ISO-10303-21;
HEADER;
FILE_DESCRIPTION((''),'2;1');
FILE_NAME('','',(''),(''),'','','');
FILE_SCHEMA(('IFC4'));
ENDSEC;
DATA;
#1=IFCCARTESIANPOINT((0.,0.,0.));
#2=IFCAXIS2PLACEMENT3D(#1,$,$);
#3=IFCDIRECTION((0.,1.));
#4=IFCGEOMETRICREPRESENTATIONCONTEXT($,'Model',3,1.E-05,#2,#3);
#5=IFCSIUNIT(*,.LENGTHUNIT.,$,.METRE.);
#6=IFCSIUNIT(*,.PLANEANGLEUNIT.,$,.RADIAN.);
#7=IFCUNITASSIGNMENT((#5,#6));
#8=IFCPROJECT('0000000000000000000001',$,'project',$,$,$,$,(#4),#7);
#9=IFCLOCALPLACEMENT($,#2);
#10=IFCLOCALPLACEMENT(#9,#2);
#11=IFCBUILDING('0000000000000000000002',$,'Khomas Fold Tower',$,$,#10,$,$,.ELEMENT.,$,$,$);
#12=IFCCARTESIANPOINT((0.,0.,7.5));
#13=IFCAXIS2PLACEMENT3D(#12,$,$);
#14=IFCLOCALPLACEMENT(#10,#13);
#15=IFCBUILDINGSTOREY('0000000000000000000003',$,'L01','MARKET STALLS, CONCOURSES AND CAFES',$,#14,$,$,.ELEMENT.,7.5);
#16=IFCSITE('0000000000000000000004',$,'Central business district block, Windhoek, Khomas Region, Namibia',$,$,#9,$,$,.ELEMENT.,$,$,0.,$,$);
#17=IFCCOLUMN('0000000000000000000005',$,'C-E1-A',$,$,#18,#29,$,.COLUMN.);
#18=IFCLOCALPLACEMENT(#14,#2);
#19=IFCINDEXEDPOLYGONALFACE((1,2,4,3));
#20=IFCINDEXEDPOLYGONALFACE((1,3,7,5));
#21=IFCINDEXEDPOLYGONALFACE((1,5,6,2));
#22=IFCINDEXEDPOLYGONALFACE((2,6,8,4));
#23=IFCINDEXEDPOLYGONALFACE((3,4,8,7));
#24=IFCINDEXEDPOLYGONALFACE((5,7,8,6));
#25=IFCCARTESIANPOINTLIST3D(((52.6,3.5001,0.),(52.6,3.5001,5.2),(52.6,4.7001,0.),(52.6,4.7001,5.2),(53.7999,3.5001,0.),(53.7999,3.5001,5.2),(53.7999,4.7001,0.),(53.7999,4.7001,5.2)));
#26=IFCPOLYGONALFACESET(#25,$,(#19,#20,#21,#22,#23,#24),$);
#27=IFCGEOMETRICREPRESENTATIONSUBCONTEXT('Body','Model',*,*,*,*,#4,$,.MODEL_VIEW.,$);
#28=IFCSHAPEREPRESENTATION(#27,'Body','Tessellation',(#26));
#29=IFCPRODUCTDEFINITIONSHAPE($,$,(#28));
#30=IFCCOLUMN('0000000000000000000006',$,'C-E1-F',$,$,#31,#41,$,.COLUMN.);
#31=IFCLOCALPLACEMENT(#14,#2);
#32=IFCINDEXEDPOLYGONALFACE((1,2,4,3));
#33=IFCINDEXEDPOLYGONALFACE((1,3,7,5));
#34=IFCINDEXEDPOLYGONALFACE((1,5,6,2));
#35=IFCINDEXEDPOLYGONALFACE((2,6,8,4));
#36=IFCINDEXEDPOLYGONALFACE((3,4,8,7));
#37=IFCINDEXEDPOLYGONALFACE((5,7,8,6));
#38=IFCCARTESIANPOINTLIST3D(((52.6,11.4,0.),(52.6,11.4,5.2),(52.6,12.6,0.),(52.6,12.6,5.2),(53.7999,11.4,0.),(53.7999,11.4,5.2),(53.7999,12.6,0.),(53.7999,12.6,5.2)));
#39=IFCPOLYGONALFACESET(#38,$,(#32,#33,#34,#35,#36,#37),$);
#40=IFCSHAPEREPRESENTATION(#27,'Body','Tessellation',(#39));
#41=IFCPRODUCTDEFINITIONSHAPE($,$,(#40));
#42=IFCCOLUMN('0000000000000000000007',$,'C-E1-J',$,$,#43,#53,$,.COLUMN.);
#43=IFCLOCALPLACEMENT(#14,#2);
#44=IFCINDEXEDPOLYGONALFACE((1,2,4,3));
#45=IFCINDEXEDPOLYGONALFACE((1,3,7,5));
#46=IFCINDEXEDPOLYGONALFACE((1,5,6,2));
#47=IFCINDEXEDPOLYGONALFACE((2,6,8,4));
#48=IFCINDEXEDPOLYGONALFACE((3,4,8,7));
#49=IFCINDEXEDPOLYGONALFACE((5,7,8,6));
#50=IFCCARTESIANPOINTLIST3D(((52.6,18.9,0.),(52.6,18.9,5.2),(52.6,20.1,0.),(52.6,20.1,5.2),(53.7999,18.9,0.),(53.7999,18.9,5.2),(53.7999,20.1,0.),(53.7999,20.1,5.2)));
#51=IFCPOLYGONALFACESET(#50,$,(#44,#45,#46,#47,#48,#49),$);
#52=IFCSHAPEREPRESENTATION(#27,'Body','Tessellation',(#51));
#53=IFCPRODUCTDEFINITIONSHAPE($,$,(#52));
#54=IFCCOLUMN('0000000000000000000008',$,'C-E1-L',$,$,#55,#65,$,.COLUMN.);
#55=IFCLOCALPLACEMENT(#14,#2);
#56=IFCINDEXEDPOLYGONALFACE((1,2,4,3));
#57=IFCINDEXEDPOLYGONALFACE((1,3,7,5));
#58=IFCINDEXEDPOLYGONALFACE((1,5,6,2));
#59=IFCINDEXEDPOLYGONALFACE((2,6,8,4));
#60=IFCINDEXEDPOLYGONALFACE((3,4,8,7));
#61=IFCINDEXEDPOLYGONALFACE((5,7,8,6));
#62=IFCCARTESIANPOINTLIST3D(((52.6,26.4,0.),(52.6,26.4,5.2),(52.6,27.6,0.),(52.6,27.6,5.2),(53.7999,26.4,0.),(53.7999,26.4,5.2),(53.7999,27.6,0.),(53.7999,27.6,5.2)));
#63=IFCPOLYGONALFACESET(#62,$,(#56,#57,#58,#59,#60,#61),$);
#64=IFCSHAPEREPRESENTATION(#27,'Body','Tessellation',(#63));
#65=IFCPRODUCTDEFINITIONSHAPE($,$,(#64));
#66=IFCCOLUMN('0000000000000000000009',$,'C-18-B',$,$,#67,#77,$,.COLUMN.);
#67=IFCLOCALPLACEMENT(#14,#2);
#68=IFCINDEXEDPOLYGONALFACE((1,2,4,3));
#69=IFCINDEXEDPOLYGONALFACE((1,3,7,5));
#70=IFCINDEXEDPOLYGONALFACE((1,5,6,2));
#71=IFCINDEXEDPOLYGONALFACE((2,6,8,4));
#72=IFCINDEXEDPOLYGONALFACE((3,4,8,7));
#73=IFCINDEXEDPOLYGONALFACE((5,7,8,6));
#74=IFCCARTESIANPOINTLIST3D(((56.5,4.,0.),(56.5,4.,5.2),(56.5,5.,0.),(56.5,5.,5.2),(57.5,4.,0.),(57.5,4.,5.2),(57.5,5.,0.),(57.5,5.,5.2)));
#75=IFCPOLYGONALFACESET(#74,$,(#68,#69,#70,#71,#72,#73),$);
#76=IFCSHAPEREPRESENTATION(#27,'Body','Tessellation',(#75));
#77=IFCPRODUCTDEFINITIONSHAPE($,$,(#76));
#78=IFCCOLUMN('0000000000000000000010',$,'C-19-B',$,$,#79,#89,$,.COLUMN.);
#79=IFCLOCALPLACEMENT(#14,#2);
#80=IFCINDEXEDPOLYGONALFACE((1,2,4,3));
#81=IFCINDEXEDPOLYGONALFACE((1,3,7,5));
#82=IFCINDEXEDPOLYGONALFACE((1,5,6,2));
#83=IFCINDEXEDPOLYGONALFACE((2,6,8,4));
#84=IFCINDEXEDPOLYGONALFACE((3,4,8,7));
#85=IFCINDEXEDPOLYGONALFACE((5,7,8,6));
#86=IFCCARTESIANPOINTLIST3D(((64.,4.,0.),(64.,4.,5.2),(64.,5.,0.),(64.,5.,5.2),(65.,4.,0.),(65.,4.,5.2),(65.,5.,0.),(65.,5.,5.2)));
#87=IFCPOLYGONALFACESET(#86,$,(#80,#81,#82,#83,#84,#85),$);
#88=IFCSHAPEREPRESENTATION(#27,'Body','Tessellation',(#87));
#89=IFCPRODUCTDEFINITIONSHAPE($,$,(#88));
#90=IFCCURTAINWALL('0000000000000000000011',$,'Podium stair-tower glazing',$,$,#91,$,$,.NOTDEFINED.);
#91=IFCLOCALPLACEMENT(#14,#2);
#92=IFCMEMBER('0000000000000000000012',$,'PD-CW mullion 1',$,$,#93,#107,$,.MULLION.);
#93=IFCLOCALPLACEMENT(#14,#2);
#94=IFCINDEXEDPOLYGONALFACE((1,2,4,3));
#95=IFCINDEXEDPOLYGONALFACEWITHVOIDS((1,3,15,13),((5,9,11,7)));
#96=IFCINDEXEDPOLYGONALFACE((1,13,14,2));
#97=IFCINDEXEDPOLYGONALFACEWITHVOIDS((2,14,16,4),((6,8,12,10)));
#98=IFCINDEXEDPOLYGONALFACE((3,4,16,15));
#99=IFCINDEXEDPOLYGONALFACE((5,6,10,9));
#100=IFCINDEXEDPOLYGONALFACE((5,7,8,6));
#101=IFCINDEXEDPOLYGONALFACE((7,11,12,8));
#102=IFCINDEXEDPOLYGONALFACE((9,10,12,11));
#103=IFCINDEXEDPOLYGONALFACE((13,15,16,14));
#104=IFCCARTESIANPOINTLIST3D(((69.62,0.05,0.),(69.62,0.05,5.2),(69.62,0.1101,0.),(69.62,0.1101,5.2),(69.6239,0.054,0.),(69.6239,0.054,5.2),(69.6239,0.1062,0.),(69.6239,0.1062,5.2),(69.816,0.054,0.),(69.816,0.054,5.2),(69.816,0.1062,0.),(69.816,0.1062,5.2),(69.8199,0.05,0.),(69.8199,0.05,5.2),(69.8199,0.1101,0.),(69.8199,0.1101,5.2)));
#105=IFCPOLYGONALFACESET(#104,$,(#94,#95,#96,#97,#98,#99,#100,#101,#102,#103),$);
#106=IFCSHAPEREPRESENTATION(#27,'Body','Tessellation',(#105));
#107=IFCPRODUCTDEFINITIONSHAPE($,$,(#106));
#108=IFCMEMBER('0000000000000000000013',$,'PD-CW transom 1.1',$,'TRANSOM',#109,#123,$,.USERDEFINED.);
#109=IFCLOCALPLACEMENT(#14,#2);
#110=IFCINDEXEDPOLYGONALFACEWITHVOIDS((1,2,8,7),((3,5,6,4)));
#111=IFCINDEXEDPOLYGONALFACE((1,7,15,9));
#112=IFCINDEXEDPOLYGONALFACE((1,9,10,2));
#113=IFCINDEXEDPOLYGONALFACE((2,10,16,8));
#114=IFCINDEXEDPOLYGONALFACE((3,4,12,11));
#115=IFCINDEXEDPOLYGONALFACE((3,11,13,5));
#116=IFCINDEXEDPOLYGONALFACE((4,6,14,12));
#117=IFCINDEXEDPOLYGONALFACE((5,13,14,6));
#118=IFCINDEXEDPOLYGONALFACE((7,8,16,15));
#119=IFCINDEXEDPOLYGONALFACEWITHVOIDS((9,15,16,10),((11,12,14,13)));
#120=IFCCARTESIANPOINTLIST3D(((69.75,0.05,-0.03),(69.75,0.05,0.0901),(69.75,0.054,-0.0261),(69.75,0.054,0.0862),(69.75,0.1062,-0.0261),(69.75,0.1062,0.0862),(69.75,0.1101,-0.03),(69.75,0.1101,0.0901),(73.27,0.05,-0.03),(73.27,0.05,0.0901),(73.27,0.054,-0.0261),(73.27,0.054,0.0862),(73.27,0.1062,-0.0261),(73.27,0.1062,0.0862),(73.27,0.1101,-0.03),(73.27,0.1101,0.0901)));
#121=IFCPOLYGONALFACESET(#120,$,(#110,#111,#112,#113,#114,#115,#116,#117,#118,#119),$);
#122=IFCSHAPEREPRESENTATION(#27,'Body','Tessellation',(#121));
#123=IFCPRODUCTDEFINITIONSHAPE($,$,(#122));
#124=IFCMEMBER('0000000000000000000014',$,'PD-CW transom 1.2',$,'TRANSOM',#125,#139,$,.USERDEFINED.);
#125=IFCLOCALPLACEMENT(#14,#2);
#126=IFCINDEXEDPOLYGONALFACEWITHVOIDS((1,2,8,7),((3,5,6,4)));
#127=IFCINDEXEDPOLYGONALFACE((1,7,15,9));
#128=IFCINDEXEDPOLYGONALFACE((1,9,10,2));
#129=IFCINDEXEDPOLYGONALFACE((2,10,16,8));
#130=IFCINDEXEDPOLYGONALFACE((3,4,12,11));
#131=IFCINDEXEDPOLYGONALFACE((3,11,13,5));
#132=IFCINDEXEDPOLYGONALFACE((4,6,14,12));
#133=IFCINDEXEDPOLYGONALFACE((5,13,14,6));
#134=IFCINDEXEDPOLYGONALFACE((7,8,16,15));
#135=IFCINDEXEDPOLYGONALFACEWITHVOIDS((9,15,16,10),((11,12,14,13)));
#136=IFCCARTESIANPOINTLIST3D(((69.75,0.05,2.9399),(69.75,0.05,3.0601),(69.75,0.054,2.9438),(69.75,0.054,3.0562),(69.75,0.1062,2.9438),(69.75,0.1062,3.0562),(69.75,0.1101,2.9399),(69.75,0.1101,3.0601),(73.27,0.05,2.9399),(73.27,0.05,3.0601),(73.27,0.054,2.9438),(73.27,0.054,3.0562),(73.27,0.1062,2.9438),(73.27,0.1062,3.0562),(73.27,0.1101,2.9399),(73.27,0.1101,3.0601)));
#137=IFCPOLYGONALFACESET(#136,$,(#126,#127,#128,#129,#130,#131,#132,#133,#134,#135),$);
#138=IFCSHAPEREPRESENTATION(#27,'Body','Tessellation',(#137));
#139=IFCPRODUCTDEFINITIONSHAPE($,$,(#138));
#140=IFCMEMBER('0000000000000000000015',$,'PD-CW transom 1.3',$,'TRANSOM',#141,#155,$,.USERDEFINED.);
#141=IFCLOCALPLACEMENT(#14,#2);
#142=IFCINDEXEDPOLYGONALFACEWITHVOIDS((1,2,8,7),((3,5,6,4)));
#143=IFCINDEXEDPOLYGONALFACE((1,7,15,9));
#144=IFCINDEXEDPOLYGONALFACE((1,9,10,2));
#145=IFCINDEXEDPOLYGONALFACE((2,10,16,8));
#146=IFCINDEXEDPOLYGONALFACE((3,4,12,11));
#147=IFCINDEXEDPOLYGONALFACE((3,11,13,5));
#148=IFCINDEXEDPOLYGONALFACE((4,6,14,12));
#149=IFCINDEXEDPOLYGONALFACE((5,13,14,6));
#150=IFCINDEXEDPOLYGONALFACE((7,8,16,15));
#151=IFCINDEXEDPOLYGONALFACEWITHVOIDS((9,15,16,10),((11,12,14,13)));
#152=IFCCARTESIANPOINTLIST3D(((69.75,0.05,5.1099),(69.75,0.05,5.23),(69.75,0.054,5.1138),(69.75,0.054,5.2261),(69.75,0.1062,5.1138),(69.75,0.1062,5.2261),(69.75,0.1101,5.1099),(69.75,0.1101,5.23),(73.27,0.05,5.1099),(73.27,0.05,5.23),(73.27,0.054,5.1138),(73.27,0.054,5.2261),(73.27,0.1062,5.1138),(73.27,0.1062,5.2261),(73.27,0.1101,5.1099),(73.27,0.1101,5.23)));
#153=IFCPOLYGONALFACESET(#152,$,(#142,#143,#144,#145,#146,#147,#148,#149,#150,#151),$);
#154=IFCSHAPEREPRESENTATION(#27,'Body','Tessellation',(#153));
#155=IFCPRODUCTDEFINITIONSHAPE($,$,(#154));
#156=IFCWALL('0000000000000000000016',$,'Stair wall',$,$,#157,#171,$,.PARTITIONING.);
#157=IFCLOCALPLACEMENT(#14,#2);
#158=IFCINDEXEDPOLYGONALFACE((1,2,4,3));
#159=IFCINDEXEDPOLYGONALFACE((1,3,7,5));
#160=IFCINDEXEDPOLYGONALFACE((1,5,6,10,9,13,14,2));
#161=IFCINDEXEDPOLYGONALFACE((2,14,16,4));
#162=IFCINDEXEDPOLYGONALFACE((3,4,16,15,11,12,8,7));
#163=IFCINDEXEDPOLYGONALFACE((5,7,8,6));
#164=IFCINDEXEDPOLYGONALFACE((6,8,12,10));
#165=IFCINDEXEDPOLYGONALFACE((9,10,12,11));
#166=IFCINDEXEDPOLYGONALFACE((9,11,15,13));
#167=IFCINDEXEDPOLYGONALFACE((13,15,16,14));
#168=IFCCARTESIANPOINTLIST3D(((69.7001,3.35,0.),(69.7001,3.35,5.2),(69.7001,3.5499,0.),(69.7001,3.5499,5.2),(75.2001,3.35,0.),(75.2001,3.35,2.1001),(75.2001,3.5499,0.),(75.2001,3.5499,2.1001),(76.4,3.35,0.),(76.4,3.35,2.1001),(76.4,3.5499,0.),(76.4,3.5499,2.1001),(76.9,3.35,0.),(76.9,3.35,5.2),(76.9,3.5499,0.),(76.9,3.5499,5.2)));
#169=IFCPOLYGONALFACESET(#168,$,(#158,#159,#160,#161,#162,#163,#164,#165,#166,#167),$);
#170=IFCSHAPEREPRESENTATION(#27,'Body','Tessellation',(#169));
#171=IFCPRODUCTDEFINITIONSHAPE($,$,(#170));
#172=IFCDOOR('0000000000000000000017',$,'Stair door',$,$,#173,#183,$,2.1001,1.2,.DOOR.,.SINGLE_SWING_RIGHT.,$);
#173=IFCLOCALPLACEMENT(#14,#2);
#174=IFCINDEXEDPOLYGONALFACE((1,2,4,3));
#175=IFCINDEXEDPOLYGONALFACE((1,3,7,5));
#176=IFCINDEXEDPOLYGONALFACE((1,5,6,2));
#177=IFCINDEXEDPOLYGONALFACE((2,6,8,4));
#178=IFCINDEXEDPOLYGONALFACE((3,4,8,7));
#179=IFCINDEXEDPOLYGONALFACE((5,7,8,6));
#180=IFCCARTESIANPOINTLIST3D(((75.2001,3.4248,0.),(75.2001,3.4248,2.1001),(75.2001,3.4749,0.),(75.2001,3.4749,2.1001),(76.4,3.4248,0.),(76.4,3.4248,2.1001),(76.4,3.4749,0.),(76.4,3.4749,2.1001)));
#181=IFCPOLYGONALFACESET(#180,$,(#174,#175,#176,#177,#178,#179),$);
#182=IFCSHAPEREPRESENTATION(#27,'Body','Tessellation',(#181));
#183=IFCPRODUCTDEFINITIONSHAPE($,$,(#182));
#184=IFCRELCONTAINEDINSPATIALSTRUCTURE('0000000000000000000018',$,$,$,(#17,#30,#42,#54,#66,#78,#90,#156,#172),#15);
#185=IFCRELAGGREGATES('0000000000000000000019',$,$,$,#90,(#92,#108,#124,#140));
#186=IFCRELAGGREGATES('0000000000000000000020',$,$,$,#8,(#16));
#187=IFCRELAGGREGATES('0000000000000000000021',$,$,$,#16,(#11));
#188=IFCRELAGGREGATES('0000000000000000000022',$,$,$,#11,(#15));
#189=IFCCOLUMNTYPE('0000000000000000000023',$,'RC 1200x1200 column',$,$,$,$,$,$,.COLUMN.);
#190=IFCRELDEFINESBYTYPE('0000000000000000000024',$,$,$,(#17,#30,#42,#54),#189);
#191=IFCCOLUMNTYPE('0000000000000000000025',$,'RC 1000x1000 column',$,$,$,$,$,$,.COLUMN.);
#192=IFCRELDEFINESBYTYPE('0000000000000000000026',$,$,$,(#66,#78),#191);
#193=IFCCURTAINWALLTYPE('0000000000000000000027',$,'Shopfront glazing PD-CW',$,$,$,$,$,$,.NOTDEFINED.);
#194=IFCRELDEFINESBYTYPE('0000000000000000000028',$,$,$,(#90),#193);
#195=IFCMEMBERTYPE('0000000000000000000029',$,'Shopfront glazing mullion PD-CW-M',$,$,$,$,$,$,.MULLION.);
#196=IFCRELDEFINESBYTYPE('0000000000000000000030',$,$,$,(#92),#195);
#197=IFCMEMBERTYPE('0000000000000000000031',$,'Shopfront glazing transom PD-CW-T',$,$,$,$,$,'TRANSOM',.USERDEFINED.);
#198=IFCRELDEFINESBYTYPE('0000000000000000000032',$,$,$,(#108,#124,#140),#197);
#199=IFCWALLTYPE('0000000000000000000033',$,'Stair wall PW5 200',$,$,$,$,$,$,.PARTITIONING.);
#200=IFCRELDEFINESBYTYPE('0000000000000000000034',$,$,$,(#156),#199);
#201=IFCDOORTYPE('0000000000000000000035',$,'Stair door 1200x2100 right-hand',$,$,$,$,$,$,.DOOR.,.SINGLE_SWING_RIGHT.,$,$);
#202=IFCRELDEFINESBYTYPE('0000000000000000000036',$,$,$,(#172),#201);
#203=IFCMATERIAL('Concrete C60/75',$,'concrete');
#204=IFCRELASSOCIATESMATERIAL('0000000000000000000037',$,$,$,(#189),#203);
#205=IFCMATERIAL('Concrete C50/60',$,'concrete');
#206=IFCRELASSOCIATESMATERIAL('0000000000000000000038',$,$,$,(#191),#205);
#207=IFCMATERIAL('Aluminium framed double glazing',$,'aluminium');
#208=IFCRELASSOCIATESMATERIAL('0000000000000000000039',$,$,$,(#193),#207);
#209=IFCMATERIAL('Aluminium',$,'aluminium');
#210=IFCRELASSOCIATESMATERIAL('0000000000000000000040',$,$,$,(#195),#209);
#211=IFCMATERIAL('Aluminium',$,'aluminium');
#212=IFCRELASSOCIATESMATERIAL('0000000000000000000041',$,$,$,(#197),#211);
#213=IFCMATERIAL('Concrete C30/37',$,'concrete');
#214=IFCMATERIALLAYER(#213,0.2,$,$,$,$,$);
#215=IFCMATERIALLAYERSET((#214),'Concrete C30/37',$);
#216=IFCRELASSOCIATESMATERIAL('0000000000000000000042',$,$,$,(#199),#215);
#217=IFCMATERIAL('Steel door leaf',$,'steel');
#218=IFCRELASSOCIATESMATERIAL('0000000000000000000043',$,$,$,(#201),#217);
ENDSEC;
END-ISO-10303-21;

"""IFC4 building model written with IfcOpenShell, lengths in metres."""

from ifc_helpers import new_model, si_unit, direction, frame, frame_2d, origin, origin_2d, place, context, subcontext, project, spatial, rectangle, hollow_rectangle, extrude, source, transform, mapped, material, layer, layer_set, material_profile, profile_set, type_object, element, fill, aggregate, save


model = new_model("IFC4")

# Units and contexts
model_context = context("Model", 3, precision=1e-05, world=origin(), true_north=direction((0.0, 1.0)))
body_context = subcontext(model_context, "Body", "Model", "MODEL_VIEW")
ifc_project = project(units=[si_unit("LENGTHUNIT", "METRE"), si_unit("PLANEANGLEUNIT", "RADIAN")], contexts=[model_context])

# Site, building, storey
site_placement = place(None, origin())
site = spatial("IfcSite", under=ifc_project, at=site_placement, Name="Central business district block, Windhoek, Khomas Region, Namibia", CompositionType="ELEMENT", RefElevation=0.0)
building_placement = place(site_placement, origin())
building = spatial("IfcBuilding", under=site, at=building_placement, Name="Khomas Fold Tower", CompositionType="ELEMENT")
storey_placement = place(building_placement, frame((0.0, 0.0, 7.5)))
storey = spatial("IfcBuildingStorey", under=building, at=storey_placement, Name="L01", Description="MARKET STALLS, CONCOURSES AND CAFES", CompositionType="ELEMENT", Elevation=7.5)

# Columns
ifc_material_1 = material(Name="Concrete C60/75", Category="concrete")
ifc_material_profile_1 = material_profile(ifc_material_1, rectangle(XDim=1.2, YDim=1.2, at=origin_2d()), Name="RC 1200x1200")
ifc_profile_set_1 = profile_set([ifc_material_profile_1], Name="Concrete C60/75")
column_type_1 = type_object("IfcColumnType", Name="RC 1200x1200 column", PredefinedType="COLUMN", material=ifc_profile_set_1)
shared_shape_1 = source(origin(), body_context, "Body", "SweptSolid", [
    extrude(rectangle(XDim=1.2, YDim=1.2, at=origin_2d()), origin(), (0.0, 0.0, 1.0), 5.2),
])
for number, where, z_axis, x_axis, name in (
    (1, (53.2, 4.1001, 0.0), (0.0, 0.0, 1.0), (1.0, 0.0, 0.0), "C-E1-A"),
    (2, (53.2, 12.0, 0.0), (0.0, 0.0, 1.0), (1.0, 0.0, 0.0), "C-E1-F"),
    (3, (53.2, 19.5, 0.0), (0.0, 0.0, 1.0), (1.0, 0.0, 0.0), "C-E1-J"),
    (4, (53.2, 27.0, 0.0), (0.0, 0.0, 1.0), (1.0, 0.0, 0.0), "C-E1-L"),
):
    element("IfcColumn", number, at=place(storey_placement, frame(where, z_axis=z_axis, x_axis=x_axis)), inside=storey, type_object=column_type_1, Name=name, PredefinedType="COLUMN", context=body_context, shape_type="MappedRepresentation", body=[
        mapped(shared_shape_1, transform((0.0, 0.0, 0.0))),
    ])
ifc_material_2 = material(Name="Concrete C50/60", Category="concrete")
ifc_material_profile_2 = material_profile(ifc_material_2, rectangle(XDim=1.0, YDim=1.0, at=origin_2d()), Name="RC 1000x1000")
ifc_profile_set_2 = profile_set([ifc_material_profile_2], Name="Concrete C50/60")
column_type_2 = type_object("IfcColumnType", Name="RC 1000x1000 column", PredefinedType="COLUMN", material=ifc_profile_set_2)
shared_shape_2 = source(origin(), body_context, "Body", "SweptSolid", [
    extrude(rectangle(XDim=1.0, YDim=1.0, at=origin_2d()), origin(), (0.0, 0.0, 1.0), 5.2),
])
for number, where, z_axis, x_axis, name in (
    (5, (57.0, 4.5, 0.0), (0.0, 0.0, 1.0), (1.0, 0.0, 0.0), "C-18-B"),
    (6, (64.5, 4.5, 0.0), (0.0, 0.0, 1.0), (1.0, 0.0, 0.0), "C-19-B"),
):
    element("IfcColumn", number, at=place(storey_placement, frame(where, z_axis=z_axis, x_axis=x_axis)), inside=storey, type_object=column_type_2, Name=name, PredefinedType="COLUMN", context=body_context, shape_type="MappedRepresentation", body=[
        mapped(shared_shape_2, transform((0.0, 0.0, 0.0))),
    ])

# Curtain wall, members
ifc_material_3 = material(Name="Aluminium framed double glazing", Category="aluminium")
curtain_wall_type = type_object("IfcCurtainWallType", Name="Shopfront glazing PD-CW", PredefinedType="NOTDEFINED", material=ifc_material_3)
curtain_wall_placement = place(storey_placement, origin())
curtain_wall = element("IfcCurtainWall", 7, at=curtain_wall_placement, inside=storey, type_object=curtain_wall_type, Name="Podium stair-tower glazing", PredefinedType="NOTDEFINED")
ifc_material_4 = material(Name="Aluminium", Category="aluminium")
ifc_material_profile_3 = material_profile(ifc_material_4, hollow_rectangle(XDim=0.0601, YDim=0.2, WallThickness=0.0039, at=origin_2d()), Name="Shopfront glazing mullion PD-CW-M")
ifc_profile_set_3 = profile_set([ifc_material_profile_3], Name="Aluminium")
member_type_1 = type_object("IfcMemberType", Name="Shopfront glazing mullion PD-CW-M", PredefinedType="MULLION", material=ifc_profile_set_3)
shared_shape_3 = source(origin(), body_context, "Body", "SweptSolid", [
    extrude(hollow_rectangle(XDim=0.0601, YDim=0.2, WallThickness=0.0039, at=origin_2d()), origin(), (0.0, 0.0, 1.0), 5.2),
])
member_1_placement = place(storey_placement, frame((69.72, 0.0801, 0.0), z_axis=(0.0, 0.0, 1.0), x_axis=(0.0, 1.0, 0.0)))
member_1 = element("IfcMember", 8, at=member_1_placement, type_object=member_type_1, Name="PD-CW mullion 1", PredefinedType="MULLION", context=body_context, shape_type="MappedRepresentation", body=[
    mapped(shared_shape_3, transform((0.0, 0.0, 0.0))),
])
ifc_material_5 = material(Name="Aluminium", Category="aluminium")
ifc_material_profile_4 = material_profile(ifc_material_5, hollow_rectangle(XDim=0.0601, YDim=0.1201, WallThickness=0.0039, at=origin_2d()), Name="Shopfront glazing transom PD-CW-T")
ifc_profile_set_4 = profile_set([ifc_material_profile_4], Name="Aluminium")
member_type_2 = type_object("IfcMemberType", Name="Shopfront glazing transom PD-CW-T", ElementType="TRANSOM", PredefinedType="USERDEFINED", material=ifc_profile_set_4)
shared_shape_4 = source(origin(), body_context, "Body", "SweptSolid", [
    extrude(hollow_rectangle(XDim=0.0601, YDim=0.1201, WallThickness=0.0039, at=origin_2d()), origin(), (0.0, 0.0, 1.0), 3.52),
])
member_2_placement = place(storey_placement, frame((69.75, 0.0801, 0.03), z_axis=(1.0, 0.0, 0.0), x_axis=(0.0, 1.0, 0.0)))
member_2 = element("IfcMember", 9, at=member_2_placement, type_object=member_type_2, Name="PD-CW transom 1.1", ObjectType="TRANSOM", PredefinedType="USERDEFINED", context=body_context, shape_type="MappedRepresentation", body=[
    mapped(shared_shape_4, transform((0.0, 0.0, 0.0))),
])
member_3_placement = place(storey_placement, frame((69.75, 0.0801, 3.0), z_axis=(1.0, 0.0, 0.0), x_axis=(0.0, 1.0, 0.0)))
member_3 = element("IfcMember", 10, at=member_3_placement, type_object=member_type_2, Name="PD-CW transom 1.2", ObjectType="TRANSOM", PredefinedType="USERDEFINED", context=body_context, shape_type="MappedRepresentation", body=[
    mapped(shared_shape_4, transform((0.0, 0.0, 0.0))),
])
member_4_placement = place(storey_placement, frame((69.75, 0.0801, 5.1699), z_axis=(1.0, 0.0, 0.0), x_axis=(0.0, 1.0, 0.0)))
member_4 = element("IfcMember", 11, at=member_4_placement, type_object=member_type_2, Name="PD-CW transom 1.3", ObjectType="TRANSOM", PredefinedType="USERDEFINED", context=body_context, shape_type="MappedRepresentation", body=[
    mapped(shared_shape_4, transform((0.0, 0.0, 0.0))),
])
aggregate(curtain_wall, [member_1, member_2, member_3, member_4])

# Wall, opening, door
ifc_material_6 = material(Name="Concrete C30/37", Category="concrete")
ifc_layer_1 = layer(ifc_material_6, 0.2)
ifc_layer_set_1 = layer_set([ifc_layer_1], Name="Concrete C30/37")
wall_type_1 = type_object("IfcWallType", Name="Stair wall PW5 200", PredefinedType="PARTITIONING", material=ifc_layer_set_1)
shared_shape_5 = source(origin(), body_context, "Body", "SweptSolid", [
    extrude(rectangle(XDim=7.2, YDim=0.2, at=frame_2d((3.6001, 0.0))), origin(), (0.0, 0.0, 1.0), 5.2),
])
wall_1_placement = place(storey_placement, frame((69.7, 3.45, 0.0), z_axis=(0.0, 0.0, 1.0), x_axis=(1.0, 0.0, 0.0)))
wall_1 = element("IfcWall", 12, at=wall_1_placement, inside=storey, type_object=wall_type_1, Name="Stair wall", PredefinedType="PARTITIONING", context=body_context, shape_type="MappedRepresentation", body=[
    mapped(shared_shape_5, transform((0.0, 0.0, 0.0))),
])
shared_shape_6 = source(origin(), body_context, "Body", "SweptSolid", [
    extrude(rectangle(XDim=1.2, YDim=2.1001, at=frame_2d((0.6001, 1.05))), frame((0.0, 0.1099, 0.0), z_axis=(0.0, -1.0, 0.0), x_axis=(1.0, 0.0, 0.0)), (0.0, 0.0, 1.0), 0.22),
])
opening_1_placement = place(wall_1_placement, frame((5.5, 0.0, 0.0)))
opening_1 = element("IfcOpeningElement", 13, at=opening_1_placement, cuts=wall_1, PredefinedType="OPENING", context=body_context, shape_type="MappedRepresentation", body=[
    mapped(shared_shape_6, transform((0.0, 0.0, 0.0))),
])
ifc_material_7 = material(Name="Steel door leaf", Category="steel")
door_type_1 = type_object("IfcDoorType", Name="Stair door 1200x2100 right-hand", OperationType="SINGLE_SWING_RIGHT", PredefinedType="DOOR", material=ifc_material_7)
shared_shape_7 = source(origin(), body_context, "Body", "SweptSolid", [
    extrude(rectangle(XDim=1.2, YDim=2.1001, at=frame_2d((0.6001, 1.05))), frame((0.0, 0.0249, 0.0), z_axis=(0.0, -1.0, 0.0), x_axis=(1.0, 0.0, 0.0)), (0.0, 0.0, 1.0), 0.05),
])
door_1_placement = place(opening_1_placement, origin())
door_1 = element("IfcDoor", 14, at=door_1_placement, inside=storey, type_object=door_type_1, Name="Stair door", OperationType="SINGLE_SWING_RIGHT", OverallHeight=2.1001, OverallWidth=1.2, PredefinedType="DOOR", context=body_context, shape_type="MappedRepresentation", body=[
    mapped(shared_shape_7, transform((0.0, 0.0, 0.0))),
])
fill(opening_1, door_1)

save(model, "model.ifc")
